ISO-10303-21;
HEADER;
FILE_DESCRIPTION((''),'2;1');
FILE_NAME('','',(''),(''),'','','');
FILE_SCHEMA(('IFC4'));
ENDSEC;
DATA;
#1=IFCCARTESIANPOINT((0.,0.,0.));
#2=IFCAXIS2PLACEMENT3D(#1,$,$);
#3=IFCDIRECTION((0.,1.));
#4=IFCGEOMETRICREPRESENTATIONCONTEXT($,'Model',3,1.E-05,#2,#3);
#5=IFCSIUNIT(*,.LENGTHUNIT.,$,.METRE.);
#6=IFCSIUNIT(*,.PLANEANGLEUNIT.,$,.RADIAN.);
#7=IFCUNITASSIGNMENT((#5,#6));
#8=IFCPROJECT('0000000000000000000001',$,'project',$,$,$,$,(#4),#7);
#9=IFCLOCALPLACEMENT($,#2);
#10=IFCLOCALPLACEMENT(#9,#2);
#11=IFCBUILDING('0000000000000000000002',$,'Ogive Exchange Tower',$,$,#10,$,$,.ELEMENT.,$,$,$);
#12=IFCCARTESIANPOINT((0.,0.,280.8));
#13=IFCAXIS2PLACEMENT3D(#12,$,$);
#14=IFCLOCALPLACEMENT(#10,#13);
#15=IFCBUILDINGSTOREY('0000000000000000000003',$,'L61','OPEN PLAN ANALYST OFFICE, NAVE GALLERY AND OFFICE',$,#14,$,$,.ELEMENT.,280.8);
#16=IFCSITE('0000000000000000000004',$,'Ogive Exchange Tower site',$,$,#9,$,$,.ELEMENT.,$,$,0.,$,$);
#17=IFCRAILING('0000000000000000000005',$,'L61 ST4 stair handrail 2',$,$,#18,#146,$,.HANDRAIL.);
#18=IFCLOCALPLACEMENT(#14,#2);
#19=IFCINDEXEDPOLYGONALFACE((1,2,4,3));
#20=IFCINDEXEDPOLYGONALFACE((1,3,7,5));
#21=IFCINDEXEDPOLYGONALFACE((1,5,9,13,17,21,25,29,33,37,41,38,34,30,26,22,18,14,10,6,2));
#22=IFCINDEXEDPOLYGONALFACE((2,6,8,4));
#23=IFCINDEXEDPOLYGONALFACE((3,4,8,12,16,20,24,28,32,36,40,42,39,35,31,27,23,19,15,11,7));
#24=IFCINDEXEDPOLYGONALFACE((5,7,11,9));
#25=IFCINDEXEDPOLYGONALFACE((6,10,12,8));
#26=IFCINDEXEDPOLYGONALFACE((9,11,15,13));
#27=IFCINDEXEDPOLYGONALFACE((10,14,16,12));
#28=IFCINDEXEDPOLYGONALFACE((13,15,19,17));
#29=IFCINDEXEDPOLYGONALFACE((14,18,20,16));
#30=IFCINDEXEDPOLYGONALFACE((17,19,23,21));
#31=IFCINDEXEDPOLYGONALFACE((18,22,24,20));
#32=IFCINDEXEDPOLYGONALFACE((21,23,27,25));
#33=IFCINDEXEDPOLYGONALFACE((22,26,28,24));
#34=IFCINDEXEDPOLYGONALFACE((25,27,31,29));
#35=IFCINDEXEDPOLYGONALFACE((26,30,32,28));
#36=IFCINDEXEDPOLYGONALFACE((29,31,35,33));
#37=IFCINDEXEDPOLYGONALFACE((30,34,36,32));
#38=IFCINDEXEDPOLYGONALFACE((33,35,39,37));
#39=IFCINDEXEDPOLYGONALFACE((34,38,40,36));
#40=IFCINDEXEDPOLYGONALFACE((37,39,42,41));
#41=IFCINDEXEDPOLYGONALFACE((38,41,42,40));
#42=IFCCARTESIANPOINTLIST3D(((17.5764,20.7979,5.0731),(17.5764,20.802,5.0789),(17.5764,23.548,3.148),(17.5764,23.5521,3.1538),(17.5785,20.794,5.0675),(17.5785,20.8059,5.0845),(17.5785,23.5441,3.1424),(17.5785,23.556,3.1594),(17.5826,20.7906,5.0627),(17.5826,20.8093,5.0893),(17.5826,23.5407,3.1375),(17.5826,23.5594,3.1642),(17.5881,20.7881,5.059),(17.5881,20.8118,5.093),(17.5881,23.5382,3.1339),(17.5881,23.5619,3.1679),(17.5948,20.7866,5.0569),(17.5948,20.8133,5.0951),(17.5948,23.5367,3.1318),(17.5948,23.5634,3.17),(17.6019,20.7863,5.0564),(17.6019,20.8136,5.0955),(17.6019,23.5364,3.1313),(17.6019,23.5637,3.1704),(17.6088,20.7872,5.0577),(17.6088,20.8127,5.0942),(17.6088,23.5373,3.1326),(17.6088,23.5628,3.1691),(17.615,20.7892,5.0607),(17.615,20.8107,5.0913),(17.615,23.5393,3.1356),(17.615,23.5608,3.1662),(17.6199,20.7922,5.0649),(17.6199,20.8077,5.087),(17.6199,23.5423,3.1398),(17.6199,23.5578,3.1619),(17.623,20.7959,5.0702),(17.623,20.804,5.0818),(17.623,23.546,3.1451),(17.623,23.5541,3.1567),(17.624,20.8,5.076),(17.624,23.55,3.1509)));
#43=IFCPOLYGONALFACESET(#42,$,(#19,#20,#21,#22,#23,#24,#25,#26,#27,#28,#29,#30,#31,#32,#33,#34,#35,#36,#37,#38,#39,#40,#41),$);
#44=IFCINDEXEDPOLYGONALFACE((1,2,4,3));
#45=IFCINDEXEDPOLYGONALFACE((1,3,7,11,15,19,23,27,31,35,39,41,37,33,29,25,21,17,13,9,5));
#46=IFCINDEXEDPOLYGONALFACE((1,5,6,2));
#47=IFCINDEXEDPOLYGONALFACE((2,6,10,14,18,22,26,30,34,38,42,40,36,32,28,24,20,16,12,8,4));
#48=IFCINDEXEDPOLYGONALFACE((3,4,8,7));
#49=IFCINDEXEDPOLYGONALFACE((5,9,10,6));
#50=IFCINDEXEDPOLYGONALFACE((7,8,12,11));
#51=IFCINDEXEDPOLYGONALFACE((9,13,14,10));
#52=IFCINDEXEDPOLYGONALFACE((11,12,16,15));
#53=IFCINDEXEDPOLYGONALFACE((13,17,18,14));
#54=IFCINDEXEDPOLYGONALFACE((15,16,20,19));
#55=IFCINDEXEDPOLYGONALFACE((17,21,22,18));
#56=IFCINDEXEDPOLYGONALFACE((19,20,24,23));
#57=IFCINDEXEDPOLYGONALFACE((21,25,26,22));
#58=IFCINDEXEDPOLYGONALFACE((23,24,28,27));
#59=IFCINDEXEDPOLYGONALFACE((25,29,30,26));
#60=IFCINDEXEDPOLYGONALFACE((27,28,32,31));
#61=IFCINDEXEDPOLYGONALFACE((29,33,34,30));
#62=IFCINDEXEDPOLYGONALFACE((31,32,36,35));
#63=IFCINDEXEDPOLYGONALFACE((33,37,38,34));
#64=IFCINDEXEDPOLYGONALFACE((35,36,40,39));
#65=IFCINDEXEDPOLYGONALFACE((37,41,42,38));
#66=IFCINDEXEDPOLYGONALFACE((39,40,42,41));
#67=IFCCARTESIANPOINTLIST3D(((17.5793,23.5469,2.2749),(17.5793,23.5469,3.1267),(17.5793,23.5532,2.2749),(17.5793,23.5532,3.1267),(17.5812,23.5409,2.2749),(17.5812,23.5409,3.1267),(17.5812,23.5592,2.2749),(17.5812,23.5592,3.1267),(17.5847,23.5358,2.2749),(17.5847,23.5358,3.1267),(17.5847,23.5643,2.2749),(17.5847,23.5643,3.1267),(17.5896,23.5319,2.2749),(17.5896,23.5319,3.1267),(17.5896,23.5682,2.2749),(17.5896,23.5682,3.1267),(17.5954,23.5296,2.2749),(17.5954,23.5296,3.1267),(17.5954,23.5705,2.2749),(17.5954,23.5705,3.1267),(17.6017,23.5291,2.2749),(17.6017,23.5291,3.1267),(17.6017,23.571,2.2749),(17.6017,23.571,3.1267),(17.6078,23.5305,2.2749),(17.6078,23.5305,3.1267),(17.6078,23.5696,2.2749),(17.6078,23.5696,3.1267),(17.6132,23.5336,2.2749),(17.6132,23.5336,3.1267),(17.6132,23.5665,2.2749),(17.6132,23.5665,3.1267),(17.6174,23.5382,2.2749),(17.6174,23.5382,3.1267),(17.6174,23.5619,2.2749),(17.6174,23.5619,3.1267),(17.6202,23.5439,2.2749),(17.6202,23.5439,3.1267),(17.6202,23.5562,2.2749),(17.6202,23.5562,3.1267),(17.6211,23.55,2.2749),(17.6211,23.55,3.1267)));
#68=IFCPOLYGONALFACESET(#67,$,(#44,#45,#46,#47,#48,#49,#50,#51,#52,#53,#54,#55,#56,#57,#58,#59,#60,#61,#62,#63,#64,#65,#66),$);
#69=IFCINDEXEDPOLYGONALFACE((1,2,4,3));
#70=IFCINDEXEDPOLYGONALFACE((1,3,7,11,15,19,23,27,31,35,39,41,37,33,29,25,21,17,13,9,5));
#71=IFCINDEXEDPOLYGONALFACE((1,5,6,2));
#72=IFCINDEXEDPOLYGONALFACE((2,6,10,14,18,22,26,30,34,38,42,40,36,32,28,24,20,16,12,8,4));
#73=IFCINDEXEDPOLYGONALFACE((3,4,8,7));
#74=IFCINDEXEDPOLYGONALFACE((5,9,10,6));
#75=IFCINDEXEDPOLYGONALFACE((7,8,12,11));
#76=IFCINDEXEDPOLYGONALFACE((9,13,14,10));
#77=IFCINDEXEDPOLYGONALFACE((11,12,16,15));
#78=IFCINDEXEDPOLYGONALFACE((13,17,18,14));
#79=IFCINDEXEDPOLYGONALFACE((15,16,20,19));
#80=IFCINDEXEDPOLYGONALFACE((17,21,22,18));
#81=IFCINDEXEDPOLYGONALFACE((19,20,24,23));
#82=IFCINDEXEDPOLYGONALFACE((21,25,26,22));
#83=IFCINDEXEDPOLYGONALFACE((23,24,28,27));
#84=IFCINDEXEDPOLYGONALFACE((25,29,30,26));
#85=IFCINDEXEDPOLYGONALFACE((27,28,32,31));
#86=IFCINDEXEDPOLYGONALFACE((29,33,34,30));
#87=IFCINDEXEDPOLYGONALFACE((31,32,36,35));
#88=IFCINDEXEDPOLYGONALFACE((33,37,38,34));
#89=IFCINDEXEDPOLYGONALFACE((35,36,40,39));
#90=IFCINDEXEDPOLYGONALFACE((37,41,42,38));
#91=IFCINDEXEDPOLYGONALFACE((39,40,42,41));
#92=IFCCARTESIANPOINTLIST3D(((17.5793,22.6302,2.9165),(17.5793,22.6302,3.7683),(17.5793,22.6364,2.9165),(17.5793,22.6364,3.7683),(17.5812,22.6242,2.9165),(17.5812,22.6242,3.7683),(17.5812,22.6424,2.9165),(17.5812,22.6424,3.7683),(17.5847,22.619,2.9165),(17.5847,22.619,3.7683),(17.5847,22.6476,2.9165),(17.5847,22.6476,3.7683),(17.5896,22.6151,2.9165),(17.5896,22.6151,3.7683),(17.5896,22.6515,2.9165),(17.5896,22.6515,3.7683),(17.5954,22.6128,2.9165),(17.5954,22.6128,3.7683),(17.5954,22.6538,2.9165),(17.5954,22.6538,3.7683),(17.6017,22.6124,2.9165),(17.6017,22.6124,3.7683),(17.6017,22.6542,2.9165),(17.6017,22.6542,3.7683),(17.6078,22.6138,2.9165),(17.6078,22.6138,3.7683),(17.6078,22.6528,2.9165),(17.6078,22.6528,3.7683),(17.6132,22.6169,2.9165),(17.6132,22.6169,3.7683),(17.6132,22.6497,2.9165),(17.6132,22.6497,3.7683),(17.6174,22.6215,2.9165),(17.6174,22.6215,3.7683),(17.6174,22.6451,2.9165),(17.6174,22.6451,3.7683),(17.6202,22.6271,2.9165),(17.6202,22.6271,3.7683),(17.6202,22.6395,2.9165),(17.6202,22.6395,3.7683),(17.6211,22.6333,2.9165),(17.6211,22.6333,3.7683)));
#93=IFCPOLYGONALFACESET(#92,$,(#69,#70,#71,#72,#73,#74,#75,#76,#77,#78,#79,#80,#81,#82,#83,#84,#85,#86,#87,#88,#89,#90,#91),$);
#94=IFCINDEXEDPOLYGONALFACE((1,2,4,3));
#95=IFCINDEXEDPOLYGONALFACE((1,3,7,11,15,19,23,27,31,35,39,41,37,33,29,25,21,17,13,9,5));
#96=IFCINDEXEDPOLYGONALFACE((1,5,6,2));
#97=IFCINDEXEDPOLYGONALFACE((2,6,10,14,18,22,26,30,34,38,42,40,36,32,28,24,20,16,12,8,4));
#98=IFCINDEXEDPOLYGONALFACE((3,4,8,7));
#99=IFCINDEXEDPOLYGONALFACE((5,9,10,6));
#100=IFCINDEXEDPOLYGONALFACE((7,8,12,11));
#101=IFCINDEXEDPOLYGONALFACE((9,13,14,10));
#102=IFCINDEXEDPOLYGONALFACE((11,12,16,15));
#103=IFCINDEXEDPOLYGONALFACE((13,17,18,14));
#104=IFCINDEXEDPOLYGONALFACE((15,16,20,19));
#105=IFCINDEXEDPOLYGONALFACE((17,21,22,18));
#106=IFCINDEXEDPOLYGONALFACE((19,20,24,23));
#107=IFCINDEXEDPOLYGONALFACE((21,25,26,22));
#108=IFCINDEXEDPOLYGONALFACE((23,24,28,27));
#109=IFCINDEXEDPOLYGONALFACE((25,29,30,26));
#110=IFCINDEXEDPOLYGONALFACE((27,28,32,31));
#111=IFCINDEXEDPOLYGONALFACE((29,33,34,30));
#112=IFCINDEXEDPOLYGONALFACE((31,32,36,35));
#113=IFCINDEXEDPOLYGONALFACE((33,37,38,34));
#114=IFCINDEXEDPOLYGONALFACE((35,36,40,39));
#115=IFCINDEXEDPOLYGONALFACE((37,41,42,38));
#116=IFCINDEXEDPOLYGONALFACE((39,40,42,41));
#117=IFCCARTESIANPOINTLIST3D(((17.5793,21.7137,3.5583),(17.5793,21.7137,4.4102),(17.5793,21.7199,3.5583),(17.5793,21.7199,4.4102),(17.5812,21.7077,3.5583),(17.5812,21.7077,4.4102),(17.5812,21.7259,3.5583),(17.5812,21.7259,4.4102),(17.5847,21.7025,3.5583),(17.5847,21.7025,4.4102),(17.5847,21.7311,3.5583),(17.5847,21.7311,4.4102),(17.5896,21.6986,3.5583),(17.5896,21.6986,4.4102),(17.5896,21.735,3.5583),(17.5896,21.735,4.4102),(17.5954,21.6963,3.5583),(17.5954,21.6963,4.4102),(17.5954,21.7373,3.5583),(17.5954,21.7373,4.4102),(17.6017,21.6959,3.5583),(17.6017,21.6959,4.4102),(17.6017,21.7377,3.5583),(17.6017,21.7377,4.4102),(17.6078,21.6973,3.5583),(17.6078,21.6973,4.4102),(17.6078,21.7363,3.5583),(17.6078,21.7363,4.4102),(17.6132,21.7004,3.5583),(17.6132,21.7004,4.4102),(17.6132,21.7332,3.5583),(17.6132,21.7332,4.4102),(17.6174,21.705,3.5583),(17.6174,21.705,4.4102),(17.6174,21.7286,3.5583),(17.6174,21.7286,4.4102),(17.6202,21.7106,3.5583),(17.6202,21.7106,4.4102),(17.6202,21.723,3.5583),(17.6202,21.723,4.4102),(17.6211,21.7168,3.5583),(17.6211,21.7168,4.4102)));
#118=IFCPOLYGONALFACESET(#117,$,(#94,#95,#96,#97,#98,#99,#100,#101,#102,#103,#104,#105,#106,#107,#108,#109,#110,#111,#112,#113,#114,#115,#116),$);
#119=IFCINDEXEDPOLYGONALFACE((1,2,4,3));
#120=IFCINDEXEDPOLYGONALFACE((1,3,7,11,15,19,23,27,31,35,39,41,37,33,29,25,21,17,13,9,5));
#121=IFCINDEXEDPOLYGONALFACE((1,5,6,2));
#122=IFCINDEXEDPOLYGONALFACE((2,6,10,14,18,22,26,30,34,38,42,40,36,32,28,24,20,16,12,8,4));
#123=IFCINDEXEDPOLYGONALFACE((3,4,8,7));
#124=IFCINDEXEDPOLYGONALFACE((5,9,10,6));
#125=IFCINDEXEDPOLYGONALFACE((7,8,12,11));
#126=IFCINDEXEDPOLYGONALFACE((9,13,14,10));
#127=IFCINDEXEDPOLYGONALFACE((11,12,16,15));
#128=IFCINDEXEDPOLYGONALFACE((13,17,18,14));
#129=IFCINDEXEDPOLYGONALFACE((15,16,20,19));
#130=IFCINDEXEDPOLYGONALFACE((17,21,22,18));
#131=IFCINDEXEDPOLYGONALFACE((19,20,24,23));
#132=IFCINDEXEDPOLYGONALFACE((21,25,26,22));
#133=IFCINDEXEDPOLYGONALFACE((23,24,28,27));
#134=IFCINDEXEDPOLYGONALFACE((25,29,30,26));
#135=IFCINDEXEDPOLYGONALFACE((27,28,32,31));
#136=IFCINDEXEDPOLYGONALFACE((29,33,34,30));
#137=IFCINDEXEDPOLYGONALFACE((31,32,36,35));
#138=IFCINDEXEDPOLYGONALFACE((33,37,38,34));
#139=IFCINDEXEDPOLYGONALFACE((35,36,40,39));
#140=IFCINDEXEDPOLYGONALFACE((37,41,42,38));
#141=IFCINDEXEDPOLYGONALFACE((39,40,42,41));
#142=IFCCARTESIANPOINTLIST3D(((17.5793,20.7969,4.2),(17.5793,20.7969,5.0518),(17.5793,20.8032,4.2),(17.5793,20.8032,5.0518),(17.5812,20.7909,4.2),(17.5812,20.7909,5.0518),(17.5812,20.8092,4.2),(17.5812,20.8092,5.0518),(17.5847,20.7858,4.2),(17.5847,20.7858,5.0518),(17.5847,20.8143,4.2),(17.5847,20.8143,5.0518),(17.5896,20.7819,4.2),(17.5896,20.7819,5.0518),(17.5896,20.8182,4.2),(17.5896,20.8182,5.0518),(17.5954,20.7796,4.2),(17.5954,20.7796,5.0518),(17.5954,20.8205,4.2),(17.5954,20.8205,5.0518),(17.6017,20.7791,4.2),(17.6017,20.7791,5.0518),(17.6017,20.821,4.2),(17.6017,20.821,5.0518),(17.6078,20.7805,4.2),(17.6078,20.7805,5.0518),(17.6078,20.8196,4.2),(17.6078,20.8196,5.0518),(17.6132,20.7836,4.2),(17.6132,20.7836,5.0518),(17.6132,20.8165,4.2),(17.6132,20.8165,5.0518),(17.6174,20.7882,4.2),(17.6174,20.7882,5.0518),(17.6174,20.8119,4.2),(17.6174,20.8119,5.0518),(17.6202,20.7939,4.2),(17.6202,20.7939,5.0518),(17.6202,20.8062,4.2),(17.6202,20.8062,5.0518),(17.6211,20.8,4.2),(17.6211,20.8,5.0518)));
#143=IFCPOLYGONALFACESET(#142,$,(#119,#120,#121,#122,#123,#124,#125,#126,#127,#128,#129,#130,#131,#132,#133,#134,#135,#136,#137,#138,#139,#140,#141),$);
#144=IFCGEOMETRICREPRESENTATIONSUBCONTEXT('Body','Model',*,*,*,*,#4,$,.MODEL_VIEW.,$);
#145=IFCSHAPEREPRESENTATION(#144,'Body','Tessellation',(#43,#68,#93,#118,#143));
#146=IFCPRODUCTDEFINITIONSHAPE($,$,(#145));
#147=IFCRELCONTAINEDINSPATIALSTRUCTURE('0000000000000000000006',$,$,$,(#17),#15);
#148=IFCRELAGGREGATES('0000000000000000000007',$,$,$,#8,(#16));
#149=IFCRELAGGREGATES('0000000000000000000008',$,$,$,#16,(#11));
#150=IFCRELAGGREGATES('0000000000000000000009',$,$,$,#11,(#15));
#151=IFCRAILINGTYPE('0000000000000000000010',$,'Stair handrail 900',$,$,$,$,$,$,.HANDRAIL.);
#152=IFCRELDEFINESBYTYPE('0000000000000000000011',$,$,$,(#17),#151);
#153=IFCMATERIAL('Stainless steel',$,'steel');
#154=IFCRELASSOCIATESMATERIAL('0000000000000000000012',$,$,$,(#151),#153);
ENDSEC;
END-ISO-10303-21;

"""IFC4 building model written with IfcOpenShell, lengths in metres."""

from ifc_helpers import new_model, si_unit, direction, frame, origin, origin_2d, place, context, subcontext, project, spatial, circle, extrude, material, type_object, element, save


model = new_model("IFC4")

# Units and contexts
model_context = context("Model", 3, precision=1e-05, world=origin(), true_north=direction((0.0, 1.0)))
body_context = subcontext(model_context, "Body", "Model", "MODEL_VIEW")
ifc_project = project(units=[si_unit("LENGTHUNIT", "METRE"), si_unit("PLANEANGLEUNIT", "RADIAN")], contexts=[model_context])

# Site, building, storey
site_placement = place(None, origin())
site = spatial("IfcSite", under=ifc_project, at=site_placement, Name="Ogive Exchange Tower site", CompositionType="ELEMENT", RefElevation=0.0)
building_placement = place(site_placement, origin())
building = spatial("IfcBuilding", under=site, at=building_placement, Name="Ogive Exchange Tower", CompositionType="ELEMENT")
storey_placement = place(building_placement, frame((0.0, 0.0, 280.8)))
storey = spatial("IfcBuildingStorey", under=building, at=storey_placement, Name="L61", Description="OPEN PLAN ANALYST OFFICE, NAVE GALLERY AND OFFICE", CompositionType="ELEMENT", Elevation=280.8)

# Railing
ifc_material_1 = material(Name="Stainless steel", Category="steel")
railing_type = type_object("IfcRailingType", Name="Stair handrail 900", PredefinedType="HANDRAIL", material=ifc_material_1)
railing_placement = place(storey_placement, frame((17.6001, 23.55, 2.2749)))
element("IfcRailing", 1, at=railing_placement, inside=storey, type_object=railing_type, Name="L61 ST4 stair handrail 2", PredefinedType="HANDRAIL", context=body_context, shape_type="SweptSolid", body=[
    extrude(circle(Radius=0.0239, at=origin_2d()), frame((0.0, 0.0, 0.876), z_axis=(0.0, -0.819225, 0.573472), x_axis=(1.0, 0.0, 0.0)), (0.0, 0.0, 1.0), 3.3569),
    extrude(circle(Radius=0.021, at=origin_2d()), origin(), (0.0, 0.0, 1.0), 0.8518),
    extrude(circle(Radius=0.021, at=origin_2d()), frame((0.0, -0.9167, 0.6416)), (0.0, 0.0, 1.0), 0.8518),
    extrude(circle(Radius=0.021, at=origin_2d()), frame((0.0, -1.8333, 1.2834)), (0.0, 0.0, 1.0), 0.8518),
    extrude(circle(Radius=0.021, at=origin_2d()), frame((0.0, -2.75, 1.925)), (0.0, 0.0, 1.0), 0.8518),
])

save(model, "model.ifc")
